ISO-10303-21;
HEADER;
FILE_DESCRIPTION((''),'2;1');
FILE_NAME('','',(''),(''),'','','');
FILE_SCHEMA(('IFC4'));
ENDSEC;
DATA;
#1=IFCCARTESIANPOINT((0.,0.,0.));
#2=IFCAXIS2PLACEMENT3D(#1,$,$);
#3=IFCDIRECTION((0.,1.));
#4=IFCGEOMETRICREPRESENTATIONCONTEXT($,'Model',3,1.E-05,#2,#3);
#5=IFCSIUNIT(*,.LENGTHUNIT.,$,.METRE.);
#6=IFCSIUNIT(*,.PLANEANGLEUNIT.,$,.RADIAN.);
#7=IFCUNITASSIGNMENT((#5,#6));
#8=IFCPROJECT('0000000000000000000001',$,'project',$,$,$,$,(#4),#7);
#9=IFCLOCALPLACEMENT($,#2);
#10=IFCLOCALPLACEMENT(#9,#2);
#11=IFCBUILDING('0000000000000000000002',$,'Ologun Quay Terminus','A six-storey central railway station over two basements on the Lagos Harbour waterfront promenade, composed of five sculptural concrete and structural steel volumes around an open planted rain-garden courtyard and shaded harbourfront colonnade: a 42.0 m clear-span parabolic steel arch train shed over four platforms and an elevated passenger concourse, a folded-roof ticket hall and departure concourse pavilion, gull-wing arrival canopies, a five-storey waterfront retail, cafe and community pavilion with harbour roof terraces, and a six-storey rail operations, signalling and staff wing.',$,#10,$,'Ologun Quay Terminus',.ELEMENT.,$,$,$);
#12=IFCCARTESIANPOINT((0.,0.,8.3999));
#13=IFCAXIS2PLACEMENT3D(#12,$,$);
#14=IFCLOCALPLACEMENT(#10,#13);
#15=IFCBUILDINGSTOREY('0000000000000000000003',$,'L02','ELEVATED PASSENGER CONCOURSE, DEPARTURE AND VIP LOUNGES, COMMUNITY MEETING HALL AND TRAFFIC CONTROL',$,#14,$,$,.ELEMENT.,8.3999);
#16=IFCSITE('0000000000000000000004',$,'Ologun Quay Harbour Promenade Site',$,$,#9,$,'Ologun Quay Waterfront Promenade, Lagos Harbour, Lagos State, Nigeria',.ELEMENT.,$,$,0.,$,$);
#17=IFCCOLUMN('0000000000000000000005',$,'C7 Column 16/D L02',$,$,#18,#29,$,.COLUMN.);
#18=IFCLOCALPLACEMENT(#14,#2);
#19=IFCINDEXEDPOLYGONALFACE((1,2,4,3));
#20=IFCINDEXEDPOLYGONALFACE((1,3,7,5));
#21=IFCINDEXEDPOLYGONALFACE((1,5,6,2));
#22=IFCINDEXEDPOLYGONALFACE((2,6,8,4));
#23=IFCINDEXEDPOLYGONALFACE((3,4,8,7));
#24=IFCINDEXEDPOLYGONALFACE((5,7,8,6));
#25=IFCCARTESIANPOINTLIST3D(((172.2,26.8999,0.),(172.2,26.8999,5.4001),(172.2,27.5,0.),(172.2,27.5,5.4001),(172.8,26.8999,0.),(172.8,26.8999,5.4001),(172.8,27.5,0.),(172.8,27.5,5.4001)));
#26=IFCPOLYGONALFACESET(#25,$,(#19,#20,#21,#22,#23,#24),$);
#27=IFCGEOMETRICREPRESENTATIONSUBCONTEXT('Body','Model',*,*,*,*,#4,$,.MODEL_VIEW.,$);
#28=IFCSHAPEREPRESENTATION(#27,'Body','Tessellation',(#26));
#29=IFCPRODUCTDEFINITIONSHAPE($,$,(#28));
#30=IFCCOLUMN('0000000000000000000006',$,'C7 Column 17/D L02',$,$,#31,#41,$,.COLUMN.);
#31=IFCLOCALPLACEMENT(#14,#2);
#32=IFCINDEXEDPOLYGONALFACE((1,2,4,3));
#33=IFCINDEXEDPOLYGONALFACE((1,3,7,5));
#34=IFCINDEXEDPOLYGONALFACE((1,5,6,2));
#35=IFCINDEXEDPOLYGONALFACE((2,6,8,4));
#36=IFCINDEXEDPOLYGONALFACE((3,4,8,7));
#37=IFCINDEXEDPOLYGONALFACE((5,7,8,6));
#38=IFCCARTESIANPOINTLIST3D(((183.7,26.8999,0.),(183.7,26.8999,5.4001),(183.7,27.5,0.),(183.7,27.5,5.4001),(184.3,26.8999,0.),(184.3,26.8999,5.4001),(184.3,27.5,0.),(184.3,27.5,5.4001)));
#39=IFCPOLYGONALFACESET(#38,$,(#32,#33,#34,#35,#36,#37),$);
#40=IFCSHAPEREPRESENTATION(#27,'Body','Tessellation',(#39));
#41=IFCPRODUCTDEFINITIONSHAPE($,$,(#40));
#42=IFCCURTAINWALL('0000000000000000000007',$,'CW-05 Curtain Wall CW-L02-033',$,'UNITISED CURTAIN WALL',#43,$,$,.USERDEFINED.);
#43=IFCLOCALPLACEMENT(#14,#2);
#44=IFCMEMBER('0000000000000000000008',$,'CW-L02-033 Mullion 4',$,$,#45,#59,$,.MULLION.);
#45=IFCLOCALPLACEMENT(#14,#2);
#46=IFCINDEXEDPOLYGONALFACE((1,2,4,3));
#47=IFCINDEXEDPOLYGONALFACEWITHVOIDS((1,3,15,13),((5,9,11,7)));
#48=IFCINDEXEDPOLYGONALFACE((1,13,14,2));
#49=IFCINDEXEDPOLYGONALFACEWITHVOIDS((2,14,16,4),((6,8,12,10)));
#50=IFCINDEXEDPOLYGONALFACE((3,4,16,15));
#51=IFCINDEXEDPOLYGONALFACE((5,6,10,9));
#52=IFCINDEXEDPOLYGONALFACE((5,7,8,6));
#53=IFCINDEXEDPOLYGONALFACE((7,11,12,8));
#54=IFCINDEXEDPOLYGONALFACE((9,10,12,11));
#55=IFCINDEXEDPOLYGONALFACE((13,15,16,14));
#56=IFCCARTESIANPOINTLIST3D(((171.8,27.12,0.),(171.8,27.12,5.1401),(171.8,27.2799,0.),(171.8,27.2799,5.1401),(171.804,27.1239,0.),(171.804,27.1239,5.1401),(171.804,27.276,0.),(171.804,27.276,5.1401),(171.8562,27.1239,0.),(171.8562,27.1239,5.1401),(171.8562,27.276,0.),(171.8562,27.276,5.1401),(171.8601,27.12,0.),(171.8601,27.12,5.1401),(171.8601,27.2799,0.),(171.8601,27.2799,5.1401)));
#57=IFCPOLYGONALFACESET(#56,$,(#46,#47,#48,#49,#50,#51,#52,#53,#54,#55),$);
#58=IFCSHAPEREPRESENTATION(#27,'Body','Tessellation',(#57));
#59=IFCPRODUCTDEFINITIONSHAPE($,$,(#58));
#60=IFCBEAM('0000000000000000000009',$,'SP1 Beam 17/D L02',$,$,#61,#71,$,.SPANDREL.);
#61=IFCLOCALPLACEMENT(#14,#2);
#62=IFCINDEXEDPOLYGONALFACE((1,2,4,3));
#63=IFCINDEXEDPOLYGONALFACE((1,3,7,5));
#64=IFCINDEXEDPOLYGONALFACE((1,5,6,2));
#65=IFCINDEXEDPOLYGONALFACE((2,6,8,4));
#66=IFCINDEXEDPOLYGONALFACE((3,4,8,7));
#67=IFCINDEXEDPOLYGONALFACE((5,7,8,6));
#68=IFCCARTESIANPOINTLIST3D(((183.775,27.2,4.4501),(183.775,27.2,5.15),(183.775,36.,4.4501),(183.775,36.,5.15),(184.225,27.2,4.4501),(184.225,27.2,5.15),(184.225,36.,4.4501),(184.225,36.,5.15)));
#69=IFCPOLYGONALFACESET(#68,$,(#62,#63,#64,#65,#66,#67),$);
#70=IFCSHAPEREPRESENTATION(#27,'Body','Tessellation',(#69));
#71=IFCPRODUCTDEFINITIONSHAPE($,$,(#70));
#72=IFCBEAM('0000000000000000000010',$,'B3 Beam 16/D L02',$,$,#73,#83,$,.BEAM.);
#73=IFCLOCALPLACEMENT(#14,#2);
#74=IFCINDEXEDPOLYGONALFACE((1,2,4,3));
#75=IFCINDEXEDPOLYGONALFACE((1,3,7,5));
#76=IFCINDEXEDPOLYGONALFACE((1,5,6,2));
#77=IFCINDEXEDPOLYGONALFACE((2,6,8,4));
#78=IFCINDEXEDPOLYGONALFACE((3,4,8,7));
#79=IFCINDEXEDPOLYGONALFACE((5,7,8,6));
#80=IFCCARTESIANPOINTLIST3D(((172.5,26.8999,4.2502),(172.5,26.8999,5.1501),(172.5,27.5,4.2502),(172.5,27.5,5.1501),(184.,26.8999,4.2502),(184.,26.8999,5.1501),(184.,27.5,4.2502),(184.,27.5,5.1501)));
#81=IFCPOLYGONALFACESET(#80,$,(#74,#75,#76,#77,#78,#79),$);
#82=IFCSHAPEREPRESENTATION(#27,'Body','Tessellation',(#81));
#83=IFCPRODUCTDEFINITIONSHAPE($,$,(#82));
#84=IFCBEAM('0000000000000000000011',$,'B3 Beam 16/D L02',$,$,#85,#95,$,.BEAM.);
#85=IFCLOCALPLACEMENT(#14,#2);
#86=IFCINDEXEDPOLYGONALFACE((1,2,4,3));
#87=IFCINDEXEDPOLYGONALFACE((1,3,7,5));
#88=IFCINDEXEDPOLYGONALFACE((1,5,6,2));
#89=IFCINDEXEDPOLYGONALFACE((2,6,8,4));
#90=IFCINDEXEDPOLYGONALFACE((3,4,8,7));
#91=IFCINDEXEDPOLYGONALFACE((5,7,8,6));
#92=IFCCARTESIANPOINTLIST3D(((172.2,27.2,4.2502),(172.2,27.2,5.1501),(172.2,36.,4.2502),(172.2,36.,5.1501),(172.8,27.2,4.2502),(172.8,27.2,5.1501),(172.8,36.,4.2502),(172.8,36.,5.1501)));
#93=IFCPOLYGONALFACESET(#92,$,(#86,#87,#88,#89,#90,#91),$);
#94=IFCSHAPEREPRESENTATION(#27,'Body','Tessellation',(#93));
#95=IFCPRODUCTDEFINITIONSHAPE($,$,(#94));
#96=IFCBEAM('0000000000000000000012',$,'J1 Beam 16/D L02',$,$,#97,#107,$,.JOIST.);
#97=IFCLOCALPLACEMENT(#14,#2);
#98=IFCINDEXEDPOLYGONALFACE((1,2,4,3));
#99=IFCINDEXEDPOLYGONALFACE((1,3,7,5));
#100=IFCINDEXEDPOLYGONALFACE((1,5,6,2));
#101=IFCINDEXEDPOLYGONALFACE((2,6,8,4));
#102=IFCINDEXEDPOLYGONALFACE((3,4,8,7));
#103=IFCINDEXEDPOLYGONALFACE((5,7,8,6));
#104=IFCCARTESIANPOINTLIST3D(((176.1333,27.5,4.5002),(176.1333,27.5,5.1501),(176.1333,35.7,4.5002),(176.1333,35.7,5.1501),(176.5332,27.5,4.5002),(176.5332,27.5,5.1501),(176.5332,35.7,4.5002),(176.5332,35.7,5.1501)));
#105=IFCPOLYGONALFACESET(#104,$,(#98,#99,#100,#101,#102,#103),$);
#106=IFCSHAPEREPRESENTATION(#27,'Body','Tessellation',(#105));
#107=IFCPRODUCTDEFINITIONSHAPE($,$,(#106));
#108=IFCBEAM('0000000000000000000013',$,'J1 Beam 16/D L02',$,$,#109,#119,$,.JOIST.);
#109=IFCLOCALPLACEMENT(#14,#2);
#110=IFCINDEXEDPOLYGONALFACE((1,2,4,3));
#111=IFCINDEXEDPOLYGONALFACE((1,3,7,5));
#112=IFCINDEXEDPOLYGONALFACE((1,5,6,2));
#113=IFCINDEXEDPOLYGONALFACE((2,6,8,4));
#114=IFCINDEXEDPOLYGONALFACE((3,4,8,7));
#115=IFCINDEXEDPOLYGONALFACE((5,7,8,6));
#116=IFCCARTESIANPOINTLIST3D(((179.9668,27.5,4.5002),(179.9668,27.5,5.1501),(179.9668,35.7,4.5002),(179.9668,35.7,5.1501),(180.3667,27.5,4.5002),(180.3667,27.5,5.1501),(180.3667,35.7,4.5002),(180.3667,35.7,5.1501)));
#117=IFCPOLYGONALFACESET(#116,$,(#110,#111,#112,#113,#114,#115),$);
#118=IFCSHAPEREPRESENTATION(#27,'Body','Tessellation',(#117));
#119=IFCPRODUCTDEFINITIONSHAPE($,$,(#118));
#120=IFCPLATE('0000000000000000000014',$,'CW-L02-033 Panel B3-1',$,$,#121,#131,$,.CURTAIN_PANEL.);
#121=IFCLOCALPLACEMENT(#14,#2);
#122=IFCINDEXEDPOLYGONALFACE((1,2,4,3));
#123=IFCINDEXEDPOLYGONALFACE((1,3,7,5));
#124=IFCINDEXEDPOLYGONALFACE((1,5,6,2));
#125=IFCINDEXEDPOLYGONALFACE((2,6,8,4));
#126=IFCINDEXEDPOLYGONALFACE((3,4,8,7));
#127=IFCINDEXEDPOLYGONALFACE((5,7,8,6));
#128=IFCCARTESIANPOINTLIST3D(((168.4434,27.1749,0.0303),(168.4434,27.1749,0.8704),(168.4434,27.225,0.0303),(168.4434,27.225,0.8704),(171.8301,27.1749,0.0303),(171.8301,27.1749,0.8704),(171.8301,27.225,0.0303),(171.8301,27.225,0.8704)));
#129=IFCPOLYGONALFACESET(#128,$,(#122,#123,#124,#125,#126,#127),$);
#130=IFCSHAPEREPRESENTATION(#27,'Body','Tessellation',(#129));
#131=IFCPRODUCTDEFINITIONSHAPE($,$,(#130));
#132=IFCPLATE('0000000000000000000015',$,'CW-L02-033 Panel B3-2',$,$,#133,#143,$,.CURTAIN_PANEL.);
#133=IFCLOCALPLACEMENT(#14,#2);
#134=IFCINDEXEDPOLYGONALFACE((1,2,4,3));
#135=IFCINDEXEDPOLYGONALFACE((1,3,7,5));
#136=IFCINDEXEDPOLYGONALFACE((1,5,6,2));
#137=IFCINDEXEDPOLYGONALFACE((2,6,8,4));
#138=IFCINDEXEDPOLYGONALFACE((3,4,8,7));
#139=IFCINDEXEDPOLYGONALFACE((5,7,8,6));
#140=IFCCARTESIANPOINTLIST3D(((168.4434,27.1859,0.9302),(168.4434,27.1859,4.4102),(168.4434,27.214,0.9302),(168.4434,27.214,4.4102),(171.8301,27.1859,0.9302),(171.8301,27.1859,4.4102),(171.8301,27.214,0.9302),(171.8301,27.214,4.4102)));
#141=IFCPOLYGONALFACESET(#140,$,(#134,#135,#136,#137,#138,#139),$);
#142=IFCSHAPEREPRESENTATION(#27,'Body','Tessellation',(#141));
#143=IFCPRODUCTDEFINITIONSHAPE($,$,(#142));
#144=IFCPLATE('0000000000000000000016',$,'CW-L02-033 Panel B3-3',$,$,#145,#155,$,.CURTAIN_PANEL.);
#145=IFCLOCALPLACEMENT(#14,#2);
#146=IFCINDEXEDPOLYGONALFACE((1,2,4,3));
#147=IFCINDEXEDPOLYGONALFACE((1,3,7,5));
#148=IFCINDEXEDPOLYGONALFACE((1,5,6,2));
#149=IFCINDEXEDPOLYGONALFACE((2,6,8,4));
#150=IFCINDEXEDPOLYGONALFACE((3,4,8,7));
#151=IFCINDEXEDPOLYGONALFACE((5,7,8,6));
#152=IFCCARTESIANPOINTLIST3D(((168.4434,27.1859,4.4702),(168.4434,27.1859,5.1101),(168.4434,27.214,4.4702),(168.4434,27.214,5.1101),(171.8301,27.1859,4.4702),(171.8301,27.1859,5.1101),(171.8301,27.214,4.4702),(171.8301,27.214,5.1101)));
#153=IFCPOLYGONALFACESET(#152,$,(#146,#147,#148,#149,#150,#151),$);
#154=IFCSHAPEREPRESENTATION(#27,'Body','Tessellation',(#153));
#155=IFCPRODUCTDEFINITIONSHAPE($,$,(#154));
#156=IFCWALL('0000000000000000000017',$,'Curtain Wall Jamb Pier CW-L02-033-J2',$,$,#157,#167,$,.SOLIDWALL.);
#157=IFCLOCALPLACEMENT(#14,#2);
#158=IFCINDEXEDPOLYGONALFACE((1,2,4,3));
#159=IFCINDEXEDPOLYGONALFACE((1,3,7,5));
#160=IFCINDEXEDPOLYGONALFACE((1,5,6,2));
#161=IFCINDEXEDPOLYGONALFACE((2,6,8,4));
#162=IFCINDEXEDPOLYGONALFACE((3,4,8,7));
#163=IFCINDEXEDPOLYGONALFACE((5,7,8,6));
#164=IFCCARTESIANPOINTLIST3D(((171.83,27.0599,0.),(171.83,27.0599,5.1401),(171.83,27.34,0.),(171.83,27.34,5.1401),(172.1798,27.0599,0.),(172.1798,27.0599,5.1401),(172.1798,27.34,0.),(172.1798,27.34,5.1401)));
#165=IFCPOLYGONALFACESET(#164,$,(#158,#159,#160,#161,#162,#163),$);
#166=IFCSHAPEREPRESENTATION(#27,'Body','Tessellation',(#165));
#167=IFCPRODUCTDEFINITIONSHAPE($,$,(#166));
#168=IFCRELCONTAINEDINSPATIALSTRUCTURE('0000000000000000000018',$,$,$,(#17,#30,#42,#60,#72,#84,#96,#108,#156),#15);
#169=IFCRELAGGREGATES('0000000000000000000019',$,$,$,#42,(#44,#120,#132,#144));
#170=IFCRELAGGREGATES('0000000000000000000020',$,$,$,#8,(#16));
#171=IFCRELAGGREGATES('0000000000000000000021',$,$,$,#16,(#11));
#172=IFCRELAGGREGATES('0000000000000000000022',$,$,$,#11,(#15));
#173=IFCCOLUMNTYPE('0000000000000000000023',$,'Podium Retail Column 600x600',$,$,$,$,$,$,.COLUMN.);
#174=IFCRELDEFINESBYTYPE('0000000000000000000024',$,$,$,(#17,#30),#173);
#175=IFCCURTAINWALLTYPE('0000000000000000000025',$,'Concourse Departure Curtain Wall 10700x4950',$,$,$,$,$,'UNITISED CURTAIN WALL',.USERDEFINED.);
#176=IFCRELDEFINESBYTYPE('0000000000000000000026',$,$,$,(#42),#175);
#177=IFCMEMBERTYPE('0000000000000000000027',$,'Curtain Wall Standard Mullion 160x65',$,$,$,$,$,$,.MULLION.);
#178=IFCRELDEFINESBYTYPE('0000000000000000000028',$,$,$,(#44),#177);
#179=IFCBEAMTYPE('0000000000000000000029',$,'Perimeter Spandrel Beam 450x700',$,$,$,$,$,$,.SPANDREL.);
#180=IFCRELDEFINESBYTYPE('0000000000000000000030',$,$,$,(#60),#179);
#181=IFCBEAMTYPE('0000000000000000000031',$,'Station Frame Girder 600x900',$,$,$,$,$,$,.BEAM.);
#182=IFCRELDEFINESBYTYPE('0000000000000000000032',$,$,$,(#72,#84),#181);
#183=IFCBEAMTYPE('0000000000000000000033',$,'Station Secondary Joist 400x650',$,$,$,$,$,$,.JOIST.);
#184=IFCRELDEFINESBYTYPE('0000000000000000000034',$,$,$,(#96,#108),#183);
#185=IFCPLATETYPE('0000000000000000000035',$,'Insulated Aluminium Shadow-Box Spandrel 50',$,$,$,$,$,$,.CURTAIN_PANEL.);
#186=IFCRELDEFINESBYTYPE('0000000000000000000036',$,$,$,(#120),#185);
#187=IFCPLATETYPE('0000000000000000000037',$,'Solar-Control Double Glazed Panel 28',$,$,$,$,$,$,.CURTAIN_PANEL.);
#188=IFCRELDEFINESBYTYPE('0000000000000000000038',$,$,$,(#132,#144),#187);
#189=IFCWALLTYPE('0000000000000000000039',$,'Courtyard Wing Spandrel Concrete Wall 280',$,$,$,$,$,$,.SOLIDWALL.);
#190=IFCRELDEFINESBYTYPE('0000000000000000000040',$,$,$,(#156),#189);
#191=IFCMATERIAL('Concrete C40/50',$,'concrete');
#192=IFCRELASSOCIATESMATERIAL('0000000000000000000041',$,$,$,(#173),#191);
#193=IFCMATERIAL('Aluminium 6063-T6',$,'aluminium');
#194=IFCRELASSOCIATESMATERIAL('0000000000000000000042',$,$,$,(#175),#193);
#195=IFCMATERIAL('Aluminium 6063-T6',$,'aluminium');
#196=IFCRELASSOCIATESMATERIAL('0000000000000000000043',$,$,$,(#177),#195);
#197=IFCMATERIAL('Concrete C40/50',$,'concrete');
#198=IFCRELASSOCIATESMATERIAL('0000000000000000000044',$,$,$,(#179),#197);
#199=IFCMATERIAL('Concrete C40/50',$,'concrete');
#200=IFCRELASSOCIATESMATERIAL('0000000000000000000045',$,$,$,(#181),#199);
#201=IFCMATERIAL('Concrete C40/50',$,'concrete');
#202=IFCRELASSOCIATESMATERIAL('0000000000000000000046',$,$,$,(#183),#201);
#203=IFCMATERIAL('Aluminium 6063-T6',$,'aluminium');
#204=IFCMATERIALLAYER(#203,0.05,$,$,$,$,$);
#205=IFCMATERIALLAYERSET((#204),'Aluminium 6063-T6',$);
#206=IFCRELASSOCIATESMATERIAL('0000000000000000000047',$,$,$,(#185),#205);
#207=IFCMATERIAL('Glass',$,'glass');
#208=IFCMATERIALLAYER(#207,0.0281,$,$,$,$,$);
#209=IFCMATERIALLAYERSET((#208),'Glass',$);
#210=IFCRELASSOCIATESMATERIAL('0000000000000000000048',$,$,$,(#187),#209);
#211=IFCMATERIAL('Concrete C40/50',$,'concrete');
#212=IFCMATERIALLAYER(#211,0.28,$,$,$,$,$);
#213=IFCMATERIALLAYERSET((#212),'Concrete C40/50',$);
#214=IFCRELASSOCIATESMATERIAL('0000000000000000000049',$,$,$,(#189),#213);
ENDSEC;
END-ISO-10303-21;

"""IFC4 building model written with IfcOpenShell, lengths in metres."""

from ifc_helpers import new_model, si_unit, direction, frame, frame_2d, origin, origin_2d, place, context, subcontext, project, spatial, rectangle, hollow_rectangle, extrude, material, layer, layer_set, material_profile, profile_set, type_object, element, aggregate, save


model = new_model("IFC4")

# Units and contexts
model_context = context("Model", 3, precision=1e-05, world=origin(), true_north=direction((0.0, 1.0)))
body_context = subcontext(model_context, "Body", "Model", "MODEL_VIEW")
ifc_project = project(units=[si_unit("LENGTHUNIT", "METRE"), si_unit("PLANEANGLEUNIT", "RADIAN")], contexts=[model_context])

# Site, building, storey
site_placement = place(None, origin())
site = spatial("IfcSite", under=ifc_project, at=site_placement, Name="Ologun Quay Harbour Promenade Site", LongName="Ologun Quay Waterfront Promenade, Lagos Harbour, Lagos State, Nigeria", CompositionType="ELEMENT", RefElevation=0.0)
building_placement = place(site_placement, origin())
building = spatial("IfcBuilding", under=site, at=building_placement, Name="Ologun Quay Terminus", Description="A six-storey central railway station over two basements on the Lagos Harbour waterfront promenade, composed of five sculptural concrete and structural steel volumes around an open planted rain-garden courtyard and shaded harbourfront colonnade: a 42.0 m clear-span parabolic steel arch train shed over four platforms and an elevated passenger concourse, a folded-roof ticket hall and departure concourse pavilion, gull-wing arrival canopies, a five-storey waterfront retail, cafe and community pavilion with harbour roof terraces, and a six-storey rail operations, signalling and staff wing.", LongName="Ologun Quay Terminus", CompositionType="ELEMENT")
storey_placement = place(building_placement, frame((0.0, 0.0, 8.3999)))
storey = spatial("IfcBuildingStorey", under=building, at=storey_placement, Name="L02", Description="ELEVATED PASSENGER CONCOURSE, DEPARTURE AND VIP LOUNGES, COMMUNITY MEETING HALL AND TRAFFIC CONTROL", CompositionType="ELEMENT", Elevation=8.3999)

# Columns
ifc_material_1 = material(Name="Concrete C40/50", Category="concrete")
ifc_material_profile_1 = material_profile(ifc_material_1, rectangle(XDim=0.6001, YDim=0.6001, at=origin_2d()), Name="RC 600x600")
ifc_profile_set_1 = profile_set([ifc_material_profile_1], Name="Concrete C40/50")
column_type = type_object("IfcColumnType", Name="Podium Retail Column 600x600", PredefinedType="COLUMN", material=ifc_profile_set_1)
for number, where, z_axis, x_axis, name in (
    (1, (172.5, 27.2, 0.0), (0.0, 0.0, 1.0), (1.0, 0.0, 0.0), "C7 Column 16/D L02"),
    (2, (184.0, 27.2, 0.0), (0.0, 0.0, 1.0), (1.0, 0.0, 0.0), "C7 Column 17/D L02"),
):
    element("IfcColumn", number, at=place(storey_placement, frame(where, z_axis=z_axis, x_axis=x_axis)), inside=storey, type_object=column_type, Name=name, PredefinedType="COLUMN", context=body_context, shape_type="SweptSolid", body=[
        extrude(rectangle(XDim=0.6001, YDim=0.6001, at=origin_2d()), origin(), (0.0, 0.0, 1.0), 5.4001),
    ])

# Curtain wall, member
ifc_material_2 = material(Name="Aluminium 6063-T6", Category="aluminium")
curtain_wall_type = type_object("IfcCurtainWallType", Name="Concourse Departure Curtain Wall 10700x4950", ElementType="UNITISED CURTAIN WALL", PredefinedType="USERDEFINED", material=ifc_material_2)
curtain_wall_placement = place(storey_placement, origin())
curtain_wall = element("IfcCurtainWall", 3, at=curtain_wall_placement, inside=storey, type_object=curtain_wall_type, Name="CW-05 Curtain Wall CW-L02-033", ObjectType="UNITISED CURTAIN WALL", PredefinedType="USERDEFINED")
ifc_material_3 = material(Name="Aluminium 6063-T6", Category="aluminium")
ifc_material_profile_2 = material_profile(ifc_material_3, hollow_rectangle(XDim=0.0601, YDim=0.1599, WallThickness=0.0039, at=origin_2d()), Name="ALU 160x60x4")
ifc_profile_set_2 = profile_set([ifc_material_profile_2], Name="Aluminium 6063-T6")
member_type = type_object("IfcMemberType", Name="Curtain Wall Standard Mullion 160x65", PredefinedType="MULLION", material=ifc_profile_set_2)
member_placement = place(storey_placement, frame((171.8301, 27.2, 0.0), z_axis=(0.0, 0.0, 1.0), x_axis=(1.0, 0.0, 0.0)))
member = element("IfcMember", 4, at=member_placement, type_object=member_type, Name="CW-L02-033 Mullion 4", PredefinedType="MULLION", context=body_context, shape_type="SweptSolid", body=[
    extrude(hollow_rectangle(XDim=0.0601, YDim=0.1599, WallThickness=0.0039, at=origin_2d()), origin(), (0.0, 0.0, 1.0), 5.1401),
])

# Beams
ifc_material_4 = material(Name="Concrete C40/50", Category="concrete")
ifc_material_profile_3 = material_profile(ifc_material_4, rectangle(XDim=0.45, YDim=0.7, at=origin_2d()), Name="RC 450x700")
ifc_profile_set_3 = profile_set([ifc_material_profile_3], Name="Concrete C40/50")
beam_type_1 = type_object("IfcBeamType", Name="Perimeter Spandrel Beam 450x700", PredefinedType="SPANDREL", material=ifc_profile_set_3)
beam_1_placement = place(storey_placement, frame((184.0, 27.2, 4.8), z_axis=(0.0, 1.0, 0.0), x_axis=(-1.0, 0.0, 0.0)))
element("IfcBeam", 5, at=beam_1_placement, inside=storey, type_object=beam_type_1, Name="SP1 Beam 17/D L02", PredefinedType="SPANDREL", context=body_context, shape_type="SweptSolid", body=[
    extrude(rectangle(XDim=0.45, YDim=0.7, at=origin_2d()), origin(), (0.0, 0.0, 1.0), 8.8),
])
ifc_material_5 = material(Name="Concrete C40/50", Category="concrete")
ifc_material_profile_4 = material_profile(ifc_material_5, rectangle(XDim=0.6001, YDim=0.8999, at=origin_2d()), Name="RC 600x900")
ifc_profile_set_4 = profile_set([ifc_material_profile_4], Name="Concrete C40/50")
beam_type_2 = type_object("IfcBeamType", Name="Station Frame Girder 600x900", PredefinedType="BEAM", material=ifc_profile_set_4)
beam_2_placement = place(storey_placement, frame((172.5, 27.2, 4.7002), z_axis=(1.0, 0.0, 0.0), x_axis=(0.0, 1.0, 0.0)))
element("IfcBeam", 6, at=beam_2_placement, inside=storey, type_object=beam_type_2, Name="B3 Beam 16/D L02", PredefinedType="BEAM", context=body_context, shape_type="SweptSolid", body=[
    extrude(rectangle(XDim=0.6001, YDim=0.8999, at=origin_2d()), origin(), (0.0, 0.0, 1.0), 11.5),
])
beam_3_placement = place(storey_placement, frame((172.5, 27.2, 4.7002), z_axis=(0.0, 1.0, 0.0), x_axis=(-1.0, 0.0, 0.0)))
element("IfcBeam", 7, at=beam_3_placement, inside=storey, type_object=beam_type_2, Name="B3 Beam 16/D L02", PredefinedType="BEAM", context=body_context, shape_type="SweptSolid", body=[
    extrude(rectangle(XDim=0.6001, YDim=0.8999, at=origin_2d()), origin(), (0.0, 0.0, 1.0), 8.8),
])
ifc_material_6 = material(Name="Concrete C40/50", Category="concrete")
ifc_material_profile_5 = material_profile(ifc_material_6, rectangle(XDim=0.3999, YDim=0.6499, at=origin_2d()), Name="RC 400x650")
ifc_profile_set_5 = profile_set([ifc_material_profile_5], Name="Concrete C40/50")
beam_type_3 = type_object("IfcBeamType", Name="Station Secondary Joist 400x650", PredefinedType="JOIST", material=ifc_profile_set_5)
for number, where, z_axis, x_axis, name in (
    (8, (176.3333, 27.5, 4.8252), (0.0, 1.0, 0.0), (-1.0, 0.0, 0.0), "J1 Beam 16/D L02"),
    (9, (180.1667, 27.5, 4.8252), (0.0, 1.0, 0.0), (-1.0, 0.0, 0.0), "J1 Beam 16/D L02"),
):
    element("IfcBeam", number, at=place(storey_placement, frame(where, z_axis=z_axis, x_axis=x_axis)), inside=storey, type_object=beam_type_3, Name=name, PredefinedType="JOIST", context=body_context, shape_type="SweptSolid", body=[
        extrude(rectangle(XDim=0.3999, YDim=0.6499, at=origin_2d()), origin(), (0.0, 0.0, 1.0), 8.2),
    ])

# Plates
ifc_material_7 = material(Name="Aluminium 6063-T6", Category="aluminium")
ifc_layer_1 = layer(ifc_material_7, 0.05)
ifc_layer_set_1 = layer_set([ifc_layer_1], Name="Aluminium 6063-T6")
plate_type_1 = type_object("IfcPlateType", Name="Insulated Aluminium Shadow-Box Spandrel 50", PredefinedType="CURTAIN_PANEL", material=ifc_layer_set_1)
plate_1_placement = place(storey_placement, frame((170.1367, 27.2, 0.0303), z_axis=(0.0, 0.0, 1.0), x_axis=(1.0, 0.0, 0.0)))
plate_1 = element("IfcPlate", 10, at=plate_1_placement, type_object=plate_type_1, Name="CW-L02-033 Panel B3-1", PredefinedType="CURTAIN_PANEL", context=body_context, shape_type="SweptSolid", body=[
    extrude(rectangle(XDim=3.3867, YDim=0.05, at=origin_2d()), origin(), (0.0, 0.0, 1.0), 0.8401),
])
ifc_material_8 = material(Name="Glass", Category="glass")
ifc_layer_2 = layer(ifc_material_8, 0.0281)
ifc_layer_set_2 = layer_set([ifc_layer_2], Name="Glass")
plate_type_2 = type_object("IfcPlateType", Name="Solar-Control Double Glazed Panel 28", PredefinedType="CURTAIN_PANEL", material=ifc_layer_set_2)
plate_2_placement = place(storey_placement, frame((170.1367, 27.2, 0.9302), z_axis=(0.0, 0.0, 1.0), x_axis=(1.0, 0.0, 0.0)))
plate_2 = element("IfcPlate", 11, at=plate_2_placement, type_object=plate_type_2, Name="CW-L02-033 Panel B3-2", PredefinedType="CURTAIN_PANEL", context=body_context, shape_type="SweptSolid", body=[
    extrude(rectangle(XDim=3.3867, YDim=0.0281, at=origin_2d()), origin(), (0.0, 0.0, 1.0), 3.48),
])
plate_3_placement = place(storey_placement, frame((170.1367, 27.2, 4.4702), z_axis=(0.0, 0.0, 1.0), x_axis=(1.0, 0.0, 0.0)))
plate_3 = element("IfcPlate", 12, at=plate_3_placement, type_object=plate_type_2, Name="CW-L02-033 Panel B3-3", PredefinedType="CURTAIN_PANEL", context=body_context, shape_type="SweptSolid", body=[
    extrude(rectangle(XDim=3.3867, YDim=0.0281, at=origin_2d()), origin(), (0.0, 0.0, 1.0), 0.6399),
])
aggregate(curtain_wall, [member, plate_1, plate_2, plate_3])

# Wall
ifc_material_9 = material(Name="Concrete C40/50", Category="concrete")
ifc_layer_3 = layer(ifc_material_9, 0.28)
ifc_layer_set_3 = layer_set([ifc_layer_3], Name="Concrete C40/50")
wall_type = type_object("IfcWallType", Name="Courtyard Wing Spandrel Concrete Wall 280", PredefinedType="SOLIDWALL", material=ifc_layer_set_3)
wall_1_placement = place(storey_placement, frame((171.8301, 27.2, 0.0), z_axis=(0.0, 0.0, 1.0), x_axis=(1.0, 0.0, 0.0)))
element("IfcWall", 13, at=wall_1_placement, inside=storey, type_object=wall_type, Name="Curtain Wall Jamb Pier CW-L02-033-J2", PredefinedType="SOLIDWALL", context=body_context, shape_type="SweptSolid", body=[
    extrude(rectangle(XDim=0.3499, YDim=0.28, at=frame_2d((0.1748, 0.0))), origin(), (0.0, 0.0, 1.0), 5.1401),
])

save(model, "model.ifc")
